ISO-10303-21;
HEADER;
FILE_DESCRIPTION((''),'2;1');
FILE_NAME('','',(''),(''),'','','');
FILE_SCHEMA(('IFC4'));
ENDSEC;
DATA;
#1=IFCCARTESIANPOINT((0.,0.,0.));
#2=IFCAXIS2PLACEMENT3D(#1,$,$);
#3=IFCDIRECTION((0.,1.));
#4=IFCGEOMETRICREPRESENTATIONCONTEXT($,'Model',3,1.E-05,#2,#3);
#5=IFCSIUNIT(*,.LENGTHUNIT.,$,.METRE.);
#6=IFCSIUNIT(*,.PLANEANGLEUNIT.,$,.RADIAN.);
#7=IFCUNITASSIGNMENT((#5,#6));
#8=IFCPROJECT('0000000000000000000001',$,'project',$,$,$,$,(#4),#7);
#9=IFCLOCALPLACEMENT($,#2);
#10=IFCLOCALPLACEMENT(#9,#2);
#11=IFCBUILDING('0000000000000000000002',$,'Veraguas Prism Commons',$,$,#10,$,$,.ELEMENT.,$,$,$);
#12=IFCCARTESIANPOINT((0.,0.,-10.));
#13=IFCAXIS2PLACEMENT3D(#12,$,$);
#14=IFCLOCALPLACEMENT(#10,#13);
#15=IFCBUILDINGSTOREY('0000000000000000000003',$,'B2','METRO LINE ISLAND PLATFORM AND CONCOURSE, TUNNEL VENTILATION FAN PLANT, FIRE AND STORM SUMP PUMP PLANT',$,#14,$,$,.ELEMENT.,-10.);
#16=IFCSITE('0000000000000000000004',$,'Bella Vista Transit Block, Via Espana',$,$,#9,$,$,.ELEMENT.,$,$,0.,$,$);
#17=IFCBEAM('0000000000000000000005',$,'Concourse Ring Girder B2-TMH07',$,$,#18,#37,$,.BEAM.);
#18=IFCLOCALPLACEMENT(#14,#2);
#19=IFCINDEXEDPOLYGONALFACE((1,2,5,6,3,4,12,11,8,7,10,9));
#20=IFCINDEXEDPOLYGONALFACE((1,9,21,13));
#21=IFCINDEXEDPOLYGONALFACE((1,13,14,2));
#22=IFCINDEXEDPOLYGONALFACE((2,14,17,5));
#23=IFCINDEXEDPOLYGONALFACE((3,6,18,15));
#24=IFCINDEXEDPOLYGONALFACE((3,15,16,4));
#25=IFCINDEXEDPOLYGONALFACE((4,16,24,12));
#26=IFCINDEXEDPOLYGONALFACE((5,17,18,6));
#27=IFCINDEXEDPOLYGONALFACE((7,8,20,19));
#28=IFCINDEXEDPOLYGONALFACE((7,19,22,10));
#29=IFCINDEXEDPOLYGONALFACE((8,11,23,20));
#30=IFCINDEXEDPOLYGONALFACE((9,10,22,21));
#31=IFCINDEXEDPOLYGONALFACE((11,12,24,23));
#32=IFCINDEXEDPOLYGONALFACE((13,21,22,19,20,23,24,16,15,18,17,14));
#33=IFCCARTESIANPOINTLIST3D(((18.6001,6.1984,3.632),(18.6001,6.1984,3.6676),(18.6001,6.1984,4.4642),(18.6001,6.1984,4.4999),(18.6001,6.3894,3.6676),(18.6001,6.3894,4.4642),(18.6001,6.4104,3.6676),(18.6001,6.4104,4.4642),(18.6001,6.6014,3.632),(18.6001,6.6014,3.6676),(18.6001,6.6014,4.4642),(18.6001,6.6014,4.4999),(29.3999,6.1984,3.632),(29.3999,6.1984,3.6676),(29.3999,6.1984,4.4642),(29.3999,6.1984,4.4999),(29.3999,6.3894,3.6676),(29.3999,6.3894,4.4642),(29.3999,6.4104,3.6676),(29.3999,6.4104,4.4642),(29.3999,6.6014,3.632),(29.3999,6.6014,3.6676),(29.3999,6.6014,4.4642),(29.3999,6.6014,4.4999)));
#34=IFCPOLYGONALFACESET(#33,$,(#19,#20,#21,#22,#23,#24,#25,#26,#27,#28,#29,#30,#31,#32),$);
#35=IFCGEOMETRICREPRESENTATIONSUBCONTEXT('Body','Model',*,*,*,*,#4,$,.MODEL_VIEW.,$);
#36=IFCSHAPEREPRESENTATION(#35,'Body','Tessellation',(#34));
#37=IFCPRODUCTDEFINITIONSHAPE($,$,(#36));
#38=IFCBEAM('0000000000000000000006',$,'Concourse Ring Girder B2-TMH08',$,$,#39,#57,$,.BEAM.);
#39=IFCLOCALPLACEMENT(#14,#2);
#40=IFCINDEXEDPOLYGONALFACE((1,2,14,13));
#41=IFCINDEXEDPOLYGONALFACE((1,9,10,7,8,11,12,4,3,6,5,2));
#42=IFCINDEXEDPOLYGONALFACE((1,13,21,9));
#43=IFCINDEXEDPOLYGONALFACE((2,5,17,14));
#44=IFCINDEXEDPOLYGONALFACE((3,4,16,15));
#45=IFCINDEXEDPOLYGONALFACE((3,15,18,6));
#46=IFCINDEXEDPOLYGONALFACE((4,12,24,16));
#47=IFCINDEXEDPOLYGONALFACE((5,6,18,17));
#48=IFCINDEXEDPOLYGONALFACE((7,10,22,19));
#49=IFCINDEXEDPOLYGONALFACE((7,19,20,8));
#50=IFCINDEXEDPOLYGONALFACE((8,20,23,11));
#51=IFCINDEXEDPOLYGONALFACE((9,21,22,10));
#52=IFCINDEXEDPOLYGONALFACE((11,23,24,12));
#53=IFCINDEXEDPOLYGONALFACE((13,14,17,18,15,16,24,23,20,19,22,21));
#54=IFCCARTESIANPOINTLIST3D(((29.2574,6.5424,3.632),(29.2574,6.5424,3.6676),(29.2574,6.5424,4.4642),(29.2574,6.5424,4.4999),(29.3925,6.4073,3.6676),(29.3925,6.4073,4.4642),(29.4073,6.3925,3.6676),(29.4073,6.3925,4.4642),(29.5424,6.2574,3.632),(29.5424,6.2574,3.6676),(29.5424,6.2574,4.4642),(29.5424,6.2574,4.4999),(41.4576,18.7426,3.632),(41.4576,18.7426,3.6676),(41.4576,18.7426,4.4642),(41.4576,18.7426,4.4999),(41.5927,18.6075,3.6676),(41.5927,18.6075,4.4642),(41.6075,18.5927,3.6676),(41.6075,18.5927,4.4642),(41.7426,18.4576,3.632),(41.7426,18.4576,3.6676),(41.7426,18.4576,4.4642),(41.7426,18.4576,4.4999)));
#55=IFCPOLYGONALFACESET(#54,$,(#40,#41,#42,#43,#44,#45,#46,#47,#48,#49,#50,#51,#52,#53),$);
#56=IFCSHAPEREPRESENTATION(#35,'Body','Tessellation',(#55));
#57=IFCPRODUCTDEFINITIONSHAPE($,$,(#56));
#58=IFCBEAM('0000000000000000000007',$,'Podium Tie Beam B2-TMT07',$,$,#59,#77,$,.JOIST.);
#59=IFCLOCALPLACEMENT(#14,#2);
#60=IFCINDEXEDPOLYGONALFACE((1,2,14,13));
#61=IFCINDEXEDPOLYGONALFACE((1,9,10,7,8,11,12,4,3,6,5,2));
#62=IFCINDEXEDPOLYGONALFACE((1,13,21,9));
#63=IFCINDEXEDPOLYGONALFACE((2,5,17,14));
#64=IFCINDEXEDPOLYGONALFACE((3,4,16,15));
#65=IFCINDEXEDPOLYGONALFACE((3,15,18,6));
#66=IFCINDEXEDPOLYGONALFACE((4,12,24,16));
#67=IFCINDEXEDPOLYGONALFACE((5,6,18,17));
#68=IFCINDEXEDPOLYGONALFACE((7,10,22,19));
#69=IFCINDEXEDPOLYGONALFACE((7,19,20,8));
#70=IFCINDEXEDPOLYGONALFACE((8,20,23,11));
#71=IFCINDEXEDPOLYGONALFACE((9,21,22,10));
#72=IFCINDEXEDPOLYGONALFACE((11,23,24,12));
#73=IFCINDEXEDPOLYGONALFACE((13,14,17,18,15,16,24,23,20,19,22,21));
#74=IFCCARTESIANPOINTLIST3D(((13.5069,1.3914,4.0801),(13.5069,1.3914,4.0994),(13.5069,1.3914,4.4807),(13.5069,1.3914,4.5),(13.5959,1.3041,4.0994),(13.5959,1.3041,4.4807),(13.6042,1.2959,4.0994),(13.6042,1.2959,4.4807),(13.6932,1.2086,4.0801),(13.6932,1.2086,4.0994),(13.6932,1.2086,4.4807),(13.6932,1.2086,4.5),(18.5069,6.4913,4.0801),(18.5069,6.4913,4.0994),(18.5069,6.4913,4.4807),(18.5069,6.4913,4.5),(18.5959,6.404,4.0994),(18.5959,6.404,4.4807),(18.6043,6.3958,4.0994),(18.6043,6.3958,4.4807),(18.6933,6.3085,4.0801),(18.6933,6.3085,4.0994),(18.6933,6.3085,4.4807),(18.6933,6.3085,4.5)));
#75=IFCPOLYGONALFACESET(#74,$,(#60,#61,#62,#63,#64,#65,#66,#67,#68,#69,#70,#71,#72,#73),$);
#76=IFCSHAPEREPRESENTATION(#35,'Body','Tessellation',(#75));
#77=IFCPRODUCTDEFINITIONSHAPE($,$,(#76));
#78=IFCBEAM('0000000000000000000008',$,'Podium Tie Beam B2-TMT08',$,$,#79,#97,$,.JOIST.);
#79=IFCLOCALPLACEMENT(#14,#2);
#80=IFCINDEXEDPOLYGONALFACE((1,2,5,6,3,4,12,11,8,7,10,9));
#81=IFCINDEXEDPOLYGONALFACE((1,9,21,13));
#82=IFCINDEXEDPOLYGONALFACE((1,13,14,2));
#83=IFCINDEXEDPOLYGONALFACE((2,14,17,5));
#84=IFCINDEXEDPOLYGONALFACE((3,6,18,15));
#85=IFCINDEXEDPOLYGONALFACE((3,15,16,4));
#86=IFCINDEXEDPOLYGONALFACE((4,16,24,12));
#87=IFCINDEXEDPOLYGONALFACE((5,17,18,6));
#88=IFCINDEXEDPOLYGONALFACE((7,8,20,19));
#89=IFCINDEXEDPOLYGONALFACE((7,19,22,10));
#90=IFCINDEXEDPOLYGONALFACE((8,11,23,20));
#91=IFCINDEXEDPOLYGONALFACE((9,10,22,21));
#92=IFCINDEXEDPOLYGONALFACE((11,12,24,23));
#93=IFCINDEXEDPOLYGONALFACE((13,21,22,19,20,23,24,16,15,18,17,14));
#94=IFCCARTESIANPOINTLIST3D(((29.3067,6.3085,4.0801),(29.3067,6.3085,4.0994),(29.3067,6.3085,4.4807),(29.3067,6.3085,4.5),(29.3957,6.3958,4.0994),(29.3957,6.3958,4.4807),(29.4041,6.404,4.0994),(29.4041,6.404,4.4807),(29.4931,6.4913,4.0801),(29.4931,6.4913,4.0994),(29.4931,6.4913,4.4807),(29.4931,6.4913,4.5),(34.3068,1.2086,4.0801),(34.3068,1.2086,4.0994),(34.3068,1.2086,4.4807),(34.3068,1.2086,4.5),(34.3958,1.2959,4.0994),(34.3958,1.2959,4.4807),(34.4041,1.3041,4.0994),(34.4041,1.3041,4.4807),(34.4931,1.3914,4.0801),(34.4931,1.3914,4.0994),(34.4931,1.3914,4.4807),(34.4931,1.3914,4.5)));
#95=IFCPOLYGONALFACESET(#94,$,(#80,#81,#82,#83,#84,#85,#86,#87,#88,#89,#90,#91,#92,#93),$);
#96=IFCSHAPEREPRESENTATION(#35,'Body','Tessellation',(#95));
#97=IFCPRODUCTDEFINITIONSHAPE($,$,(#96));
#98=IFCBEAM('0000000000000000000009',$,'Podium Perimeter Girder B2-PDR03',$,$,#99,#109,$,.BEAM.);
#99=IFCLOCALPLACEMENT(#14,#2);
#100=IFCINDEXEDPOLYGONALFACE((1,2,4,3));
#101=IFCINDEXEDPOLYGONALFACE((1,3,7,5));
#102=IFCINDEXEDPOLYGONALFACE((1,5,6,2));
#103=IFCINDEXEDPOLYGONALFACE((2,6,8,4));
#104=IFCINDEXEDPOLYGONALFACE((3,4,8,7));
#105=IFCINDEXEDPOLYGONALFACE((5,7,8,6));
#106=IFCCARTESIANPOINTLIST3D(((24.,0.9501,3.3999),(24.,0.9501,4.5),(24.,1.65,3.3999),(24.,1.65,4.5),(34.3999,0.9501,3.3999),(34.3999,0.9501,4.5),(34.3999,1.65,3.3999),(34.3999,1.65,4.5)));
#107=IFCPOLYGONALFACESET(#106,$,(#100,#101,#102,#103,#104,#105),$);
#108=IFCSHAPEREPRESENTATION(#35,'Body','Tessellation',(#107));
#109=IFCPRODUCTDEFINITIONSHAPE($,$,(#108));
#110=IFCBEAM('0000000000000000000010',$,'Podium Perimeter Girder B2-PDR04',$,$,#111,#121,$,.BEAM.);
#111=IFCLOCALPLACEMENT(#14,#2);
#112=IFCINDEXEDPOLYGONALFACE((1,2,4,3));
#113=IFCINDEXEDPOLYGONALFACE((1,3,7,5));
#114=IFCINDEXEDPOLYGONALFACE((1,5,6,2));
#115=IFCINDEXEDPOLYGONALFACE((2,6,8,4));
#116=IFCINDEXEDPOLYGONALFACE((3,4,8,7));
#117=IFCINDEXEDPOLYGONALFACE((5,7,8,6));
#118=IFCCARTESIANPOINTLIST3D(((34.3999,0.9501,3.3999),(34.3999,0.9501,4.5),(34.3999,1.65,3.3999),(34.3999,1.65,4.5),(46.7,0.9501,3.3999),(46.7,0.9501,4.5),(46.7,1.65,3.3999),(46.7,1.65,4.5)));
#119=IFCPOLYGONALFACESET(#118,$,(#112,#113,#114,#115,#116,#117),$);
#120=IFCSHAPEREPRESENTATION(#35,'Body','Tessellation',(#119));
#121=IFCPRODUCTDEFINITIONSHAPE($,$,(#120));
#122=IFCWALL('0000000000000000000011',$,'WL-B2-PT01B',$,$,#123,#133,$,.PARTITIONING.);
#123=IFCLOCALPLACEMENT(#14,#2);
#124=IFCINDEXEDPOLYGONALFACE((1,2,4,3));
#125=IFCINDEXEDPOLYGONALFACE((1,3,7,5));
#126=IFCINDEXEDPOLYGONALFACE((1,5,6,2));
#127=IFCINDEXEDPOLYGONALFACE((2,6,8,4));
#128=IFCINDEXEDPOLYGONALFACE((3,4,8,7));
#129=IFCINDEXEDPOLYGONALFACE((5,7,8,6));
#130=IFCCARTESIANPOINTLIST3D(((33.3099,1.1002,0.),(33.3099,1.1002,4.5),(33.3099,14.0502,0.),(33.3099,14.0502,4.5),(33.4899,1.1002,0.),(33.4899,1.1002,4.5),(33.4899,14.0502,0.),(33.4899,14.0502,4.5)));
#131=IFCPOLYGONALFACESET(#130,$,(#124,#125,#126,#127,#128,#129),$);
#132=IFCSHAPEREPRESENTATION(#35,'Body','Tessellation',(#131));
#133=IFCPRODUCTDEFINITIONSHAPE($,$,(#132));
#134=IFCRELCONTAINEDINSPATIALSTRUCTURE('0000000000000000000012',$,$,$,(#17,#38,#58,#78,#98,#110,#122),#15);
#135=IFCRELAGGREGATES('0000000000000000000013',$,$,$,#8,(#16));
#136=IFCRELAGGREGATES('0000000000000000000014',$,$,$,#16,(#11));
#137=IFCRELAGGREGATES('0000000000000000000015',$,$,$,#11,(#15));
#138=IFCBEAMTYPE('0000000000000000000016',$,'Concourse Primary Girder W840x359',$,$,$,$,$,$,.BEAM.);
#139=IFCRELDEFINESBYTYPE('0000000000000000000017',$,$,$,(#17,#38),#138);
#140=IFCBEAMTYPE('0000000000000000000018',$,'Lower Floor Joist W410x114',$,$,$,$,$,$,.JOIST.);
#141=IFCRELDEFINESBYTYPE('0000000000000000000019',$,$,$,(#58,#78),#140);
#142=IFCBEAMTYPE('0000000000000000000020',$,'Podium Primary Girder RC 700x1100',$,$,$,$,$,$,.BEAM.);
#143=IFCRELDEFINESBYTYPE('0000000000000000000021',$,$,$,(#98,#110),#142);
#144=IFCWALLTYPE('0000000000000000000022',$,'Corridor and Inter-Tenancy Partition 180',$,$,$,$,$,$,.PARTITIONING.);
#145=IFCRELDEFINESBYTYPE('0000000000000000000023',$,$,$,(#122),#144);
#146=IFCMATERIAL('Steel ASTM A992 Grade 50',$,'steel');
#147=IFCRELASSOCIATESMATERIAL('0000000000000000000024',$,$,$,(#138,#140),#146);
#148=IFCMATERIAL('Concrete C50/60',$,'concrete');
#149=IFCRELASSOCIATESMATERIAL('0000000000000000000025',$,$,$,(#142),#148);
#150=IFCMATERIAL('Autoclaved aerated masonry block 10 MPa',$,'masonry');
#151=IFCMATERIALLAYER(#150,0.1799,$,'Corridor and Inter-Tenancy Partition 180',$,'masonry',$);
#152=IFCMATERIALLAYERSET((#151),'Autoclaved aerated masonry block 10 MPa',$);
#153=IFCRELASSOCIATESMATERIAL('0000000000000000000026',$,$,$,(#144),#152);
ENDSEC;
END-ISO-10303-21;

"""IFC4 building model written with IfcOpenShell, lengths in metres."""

from ifc_helpers import new_model, si_unit, direction, frame, frame_2d, origin, origin_2d, place, context, subcontext, project, spatial, rectangle, i_section, extrude, material, layer, layer_set, material_profile, profile_set, type_object, element, save


model = new_model("IFC4")

# Units and contexts
model_context = context("Model", 3, precision=1e-05, world=origin(), true_north=direction((0.0, 1.0)))
body_context = subcontext(model_context, "Body", "Model", "MODEL_VIEW")
ifc_project = project(units=[si_unit("LENGTHUNIT", "METRE"), si_unit("PLANEANGLEUNIT", "RADIAN")], contexts=[model_context])

# Site, building, storey
site_placement = place(None, origin())
site = spatial("IfcSite", under=ifc_project, at=site_placement, Name="Bella Vista Transit Block, Via Espana", CompositionType="ELEMENT", RefElevation=0.0)
building_placement = place(site_placement, origin())
building = spatial("IfcBuilding", under=site, at=building_placement, Name="Veraguas Prism Commons", CompositionType="ELEMENT")
storey_placement = place(building_placement, frame((0.0, 0.0, -10.0)))
storey = spatial("IfcBuildingStorey", under=building, at=storey_placement, Name="B2", Description="METRO LINE ISLAND PLATFORM AND CONCOURSE, TUNNEL VENTILATION FAN PLANT, FIRE AND STORM SUMP PUMP PLANT", CompositionType="ELEMENT", Elevation=-10.0)

# Beams
ifc_material_1 = material(Name="Steel ASTM A992 Grade 50", Category="steel")
ifc_material_profile_1 = material_profile(ifc_material_1, i_section(OverallWidth=0.4031, OverallDepth=0.8679, WebThickness=0.021, FlangeThickness=0.0356, at=origin_2d()), Name="W840X359")
ifc_profile_set_1 = profile_set([ifc_material_profile_1], Name="Steel ASTM A992 Grade 50")
beam_type_1 = type_object("IfcBeamType", Name="Concourse Primary Girder W840x359", PredefinedType="BEAM", material=ifc_profile_set_1)
beam_1_placement = place(storey_placement, frame((18.6001, 6.3999, 4.0659), z_axis=(1.0, 0.0, 0.0), x_axis=(0.0, 1.0, 0.0)))
element("IfcBeam", 1, at=beam_1_placement, inside=storey, type_object=beam_type_1, Name="Concourse Ring Girder B2-TMH07", PredefinedType="BEAM", context=body_context, shape_type="SweptSolid", body=[
    extrude(i_section(OverallWidth=0.4031, OverallDepth=0.8679, WebThickness=0.021, FlangeThickness=0.0356, at=origin_2d()), origin(), (0.0, 0.0, 1.0), 10.7998),
])
beam_2_placement = place(storey_placement, frame((29.3999, 6.3999, 4.0659), z_axis=(0.707107, 0.707107, 0.0), x_axis=(-0.707107, 0.707107, 0.0)))
element("IfcBeam", 2, at=beam_2_placement, inside=storey, type_object=beam_type_1, Name="Concourse Ring Girder B2-TMH08", PredefinedType="BEAM", context=body_context, shape_type="SweptSolid", body=[
    extrude(i_section(OverallWidth=0.4031, OverallDepth=0.8679, WebThickness=0.021, FlangeThickness=0.0356, at=origin_2d()), origin(), (0.0, 0.0, 1.0), 17.2537),
])
ifc_material_profile_2 = material_profile(ifc_material_1, i_section(OverallWidth=0.261, OverallDepth=0.4199, WebThickness=0.0117, FlangeThickness=0.0193, at=origin_2d()), Name="W410X114")
ifc_profile_set_2 = profile_set([ifc_material_profile_2], Name="Steel ASTM A992 Grade 50")
beam_type_2 = type_object("IfcBeamType", Name="Lower Floor Joist W410x114", PredefinedType="JOIST", material=ifc_profile_set_2)
for number, where, z_axis, x_axis, name in (
    (3, (18.6001, 6.3999, 4.29), (-0.700082, -0.714063, 0.0), (0.714063, -0.700082, 0.0), "Podium Tie Beam B2-TMT07"),
    (4, (29.3999, 6.3999, 4.29), (0.700082, -0.714063, 0.0), (0.714063, 0.700082, 0.0), "Podium Tie Beam B2-TMT08"),
):
    element("IfcBeam", number, at=place(storey_placement, frame(where, z_axis=z_axis, x_axis=x_axis)), inside=storey, type_object=beam_type_2, Name=name, PredefinedType="JOIST", context=body_context, shape_type="SweptSolid", body=[
        extrude(i_section(OverallWidth=0.261, OverallDepth=0.4199, WebThickness=0.0117, FlangeThickness=0.0193, at=origin_2d()), origin(), (0.0, 0.0, 1.0), 7.1421),
    ])
ifc_material_2 = material(Name="Concrete C50/60", Category="concrete")
ifc_material_profile_3 = material_profile(ifc_material_2, rectangle(XDim=0.7, YDim=1.1001, at=origin_2d()), Name="RC700X1100")
ifc_profile_set_3 = profile_set([ifc_material_profile_3], Name="Concrete C50/60")
beam_type_3 = type_object("IfcBeamType", Name="Podium Primary Girder RC 700x1100", PredefinedType="BEAM", material=ifc_profile_set_3)
beam_3_placement = place(storey_placement, frame((24.0, 1.3, 3.95), z_axis=(1.0, 0.0, 0.0), x_axis=(0.0, 1.0, 0.0)))
element("IfcBeam", 5, at=beam_3_placement, inside=storey, type_object=beam_type_3, Name="Podium Perimeter Girder B2-PDR03", PredefinedType="BEAM", context=body_context, shape_type="SweptSolid", body=[
    extrude(rectangle(XDim=0.7, YDim=1.1001, at=origin_2d()), origin(), (0.0, 0.0, 1.0), 10.3999),
])
beam_4_placement = place(storey_placement, frame((34.3999, 1.3, 3.95), z_axis=(1.0, 0.0, 0.0), x_axis=(0.0, 1.0, 0.0)))
element("IfcBeam", 6, at=beam_4_placement, inside=storey, type_object=beam_type_3, Name="Podium Perimeter Girder B2-PDR04", PredefinedType="BEAM", context=body_context, shape_type="SweptSolid", body=[
    extrude(rectangle(XDim=0.7, YDim=1.1001, at=origin_2d()), origin(), (0.0, 0.0, 1.0), 12.3),
])

# Wall
ifc_material_3 = material(Name="Autoclaved aerated masonry block 10 MPa", Category="masonry")
ifc_layer = layer(ifc_material_3, 0.1799, Name="Corridor and Inter-Tenancy Partition 180", Category="masonry")
ifc_layer_set = layer_set([ifc_layer], Name="Autoclaved aerated masonry block 10 MPa")
wall_type = type_object("IfcWallType", Name="Corridor and Inter-Tenancy Partition 180", PredefinedType="PARTITIONING", material=ifc_layer_set)
wall_placement = place(storey_placement, frame((33.3999, 1.1001, 0.0), z_axis=(0.0, 0.0, 1.0), x_axis=(0.0, 1.0, 0.0)))
element("IfcWall", 7, at=wall_placement, inside=storey, type_object=wall_type, Name="WL-B2-PT01B", PredefinedType="PARTITIONING", context=body_context, shape_type="SweptSolid", body=[
    extrude(rectangle(XDim=12.95, YDim=0.1799, at=frame_2d((6.4751, 0.0))), origin(), (0.0, 0.0, 1.0), 4.5),
])

save(model, "model.ifc")
